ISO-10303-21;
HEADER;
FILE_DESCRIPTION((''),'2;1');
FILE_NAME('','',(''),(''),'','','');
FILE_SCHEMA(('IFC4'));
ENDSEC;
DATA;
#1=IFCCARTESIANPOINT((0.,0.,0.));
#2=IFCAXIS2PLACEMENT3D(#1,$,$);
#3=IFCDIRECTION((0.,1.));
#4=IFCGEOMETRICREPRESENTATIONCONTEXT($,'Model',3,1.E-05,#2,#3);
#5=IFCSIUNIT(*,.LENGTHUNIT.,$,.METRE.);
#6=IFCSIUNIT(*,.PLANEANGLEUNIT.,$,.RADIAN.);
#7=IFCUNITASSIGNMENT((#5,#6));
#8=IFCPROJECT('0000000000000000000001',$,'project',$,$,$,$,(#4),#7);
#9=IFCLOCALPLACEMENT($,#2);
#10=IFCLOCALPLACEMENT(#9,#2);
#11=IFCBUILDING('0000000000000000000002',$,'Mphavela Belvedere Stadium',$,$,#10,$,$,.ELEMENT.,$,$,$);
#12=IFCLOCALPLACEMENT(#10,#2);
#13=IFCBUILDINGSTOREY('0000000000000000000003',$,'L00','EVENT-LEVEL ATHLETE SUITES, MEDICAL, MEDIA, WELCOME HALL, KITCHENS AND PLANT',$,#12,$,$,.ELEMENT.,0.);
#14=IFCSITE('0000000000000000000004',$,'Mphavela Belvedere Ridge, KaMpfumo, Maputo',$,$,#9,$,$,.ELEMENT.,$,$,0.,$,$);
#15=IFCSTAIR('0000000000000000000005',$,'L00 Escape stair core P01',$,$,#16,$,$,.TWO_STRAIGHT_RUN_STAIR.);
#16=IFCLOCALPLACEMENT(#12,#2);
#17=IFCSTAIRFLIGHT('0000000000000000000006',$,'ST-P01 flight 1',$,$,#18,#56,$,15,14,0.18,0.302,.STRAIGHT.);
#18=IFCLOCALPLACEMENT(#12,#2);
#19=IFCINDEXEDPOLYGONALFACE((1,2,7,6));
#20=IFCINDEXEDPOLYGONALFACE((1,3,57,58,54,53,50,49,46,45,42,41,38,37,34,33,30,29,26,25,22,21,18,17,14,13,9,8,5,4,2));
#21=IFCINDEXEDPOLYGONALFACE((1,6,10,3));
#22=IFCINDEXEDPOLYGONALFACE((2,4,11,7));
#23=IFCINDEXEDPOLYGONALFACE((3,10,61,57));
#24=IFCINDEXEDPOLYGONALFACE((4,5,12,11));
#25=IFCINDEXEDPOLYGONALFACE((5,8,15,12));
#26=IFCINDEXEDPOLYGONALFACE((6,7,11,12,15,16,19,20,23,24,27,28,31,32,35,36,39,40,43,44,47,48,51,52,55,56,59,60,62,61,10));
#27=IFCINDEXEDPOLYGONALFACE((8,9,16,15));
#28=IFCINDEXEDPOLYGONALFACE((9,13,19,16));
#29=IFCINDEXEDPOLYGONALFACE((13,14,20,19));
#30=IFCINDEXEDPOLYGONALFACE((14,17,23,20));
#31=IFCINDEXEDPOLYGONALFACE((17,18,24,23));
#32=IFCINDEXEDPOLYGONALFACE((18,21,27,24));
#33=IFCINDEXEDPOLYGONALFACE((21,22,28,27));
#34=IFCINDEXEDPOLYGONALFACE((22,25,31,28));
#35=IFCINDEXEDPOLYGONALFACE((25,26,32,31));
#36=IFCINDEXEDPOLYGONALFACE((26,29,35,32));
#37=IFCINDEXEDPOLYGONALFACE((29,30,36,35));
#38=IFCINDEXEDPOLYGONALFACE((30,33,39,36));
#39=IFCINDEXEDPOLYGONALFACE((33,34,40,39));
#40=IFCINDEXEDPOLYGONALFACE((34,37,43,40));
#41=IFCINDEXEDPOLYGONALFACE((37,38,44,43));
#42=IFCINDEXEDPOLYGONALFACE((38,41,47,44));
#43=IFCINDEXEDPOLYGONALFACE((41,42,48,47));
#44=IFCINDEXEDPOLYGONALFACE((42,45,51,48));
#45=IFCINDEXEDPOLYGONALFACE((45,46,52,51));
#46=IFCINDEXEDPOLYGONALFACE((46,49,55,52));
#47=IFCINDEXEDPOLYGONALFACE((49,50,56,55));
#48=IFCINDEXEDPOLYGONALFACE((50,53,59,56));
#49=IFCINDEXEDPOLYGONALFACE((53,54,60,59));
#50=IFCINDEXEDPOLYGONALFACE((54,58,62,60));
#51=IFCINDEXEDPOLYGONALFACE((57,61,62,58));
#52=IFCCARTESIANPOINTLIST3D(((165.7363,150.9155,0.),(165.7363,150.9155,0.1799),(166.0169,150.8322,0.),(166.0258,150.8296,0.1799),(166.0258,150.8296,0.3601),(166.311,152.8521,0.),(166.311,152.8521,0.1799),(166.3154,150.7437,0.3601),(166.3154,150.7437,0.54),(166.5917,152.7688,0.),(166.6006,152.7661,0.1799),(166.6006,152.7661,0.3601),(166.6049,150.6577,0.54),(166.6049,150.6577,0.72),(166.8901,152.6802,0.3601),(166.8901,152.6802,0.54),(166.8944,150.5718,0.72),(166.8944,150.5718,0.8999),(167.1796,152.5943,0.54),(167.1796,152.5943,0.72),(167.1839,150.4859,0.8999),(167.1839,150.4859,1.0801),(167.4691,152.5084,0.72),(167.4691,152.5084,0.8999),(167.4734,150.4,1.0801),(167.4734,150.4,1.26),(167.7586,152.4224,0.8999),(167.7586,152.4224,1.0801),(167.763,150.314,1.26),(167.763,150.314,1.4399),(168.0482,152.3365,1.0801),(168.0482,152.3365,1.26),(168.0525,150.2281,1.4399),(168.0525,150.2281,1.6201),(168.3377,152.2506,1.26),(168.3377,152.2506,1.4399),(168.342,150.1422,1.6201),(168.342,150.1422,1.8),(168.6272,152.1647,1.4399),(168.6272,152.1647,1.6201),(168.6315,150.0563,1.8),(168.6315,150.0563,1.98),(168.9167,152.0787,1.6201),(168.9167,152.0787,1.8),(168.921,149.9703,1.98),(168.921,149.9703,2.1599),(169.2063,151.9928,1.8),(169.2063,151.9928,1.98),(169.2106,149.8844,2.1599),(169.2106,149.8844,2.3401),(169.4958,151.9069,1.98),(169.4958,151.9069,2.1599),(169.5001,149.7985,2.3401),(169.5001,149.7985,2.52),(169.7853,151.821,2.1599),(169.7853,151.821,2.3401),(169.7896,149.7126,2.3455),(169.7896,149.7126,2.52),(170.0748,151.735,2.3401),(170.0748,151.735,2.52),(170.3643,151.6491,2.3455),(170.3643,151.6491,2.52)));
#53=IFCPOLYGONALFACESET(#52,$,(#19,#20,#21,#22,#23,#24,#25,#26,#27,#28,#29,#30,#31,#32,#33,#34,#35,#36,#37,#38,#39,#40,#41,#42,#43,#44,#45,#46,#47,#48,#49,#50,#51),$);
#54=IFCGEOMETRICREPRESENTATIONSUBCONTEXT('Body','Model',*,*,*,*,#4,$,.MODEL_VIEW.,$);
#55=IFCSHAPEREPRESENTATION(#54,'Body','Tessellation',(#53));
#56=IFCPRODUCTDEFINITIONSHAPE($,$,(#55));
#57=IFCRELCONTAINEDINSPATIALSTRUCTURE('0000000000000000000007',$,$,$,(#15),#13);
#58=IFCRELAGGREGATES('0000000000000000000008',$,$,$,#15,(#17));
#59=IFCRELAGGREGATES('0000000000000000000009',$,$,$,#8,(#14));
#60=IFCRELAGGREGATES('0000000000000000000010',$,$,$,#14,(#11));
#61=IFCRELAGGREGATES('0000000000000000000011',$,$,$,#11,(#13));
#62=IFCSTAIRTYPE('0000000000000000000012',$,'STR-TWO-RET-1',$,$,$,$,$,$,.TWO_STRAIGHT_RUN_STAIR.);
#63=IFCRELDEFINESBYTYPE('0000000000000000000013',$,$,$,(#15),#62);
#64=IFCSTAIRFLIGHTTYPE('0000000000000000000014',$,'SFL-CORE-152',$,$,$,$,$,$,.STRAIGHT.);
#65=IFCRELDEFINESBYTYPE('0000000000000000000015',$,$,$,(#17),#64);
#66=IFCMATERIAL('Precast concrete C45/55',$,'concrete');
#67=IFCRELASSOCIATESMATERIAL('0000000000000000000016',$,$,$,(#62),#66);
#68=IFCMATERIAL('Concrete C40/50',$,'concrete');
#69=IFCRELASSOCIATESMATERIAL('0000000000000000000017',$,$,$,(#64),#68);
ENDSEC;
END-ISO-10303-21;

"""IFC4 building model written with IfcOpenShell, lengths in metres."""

from ifc_helpers import new_model, si_unit, direction, frame, origin, place, context, subcontext, project, spatial, polyline, outline, extrude, material, type_object, element, aggregate, save


model = new_model("IFC4")

# Units and contexts
model_context = context("Model", 3, precision=1e-05, world=origin(), true_north=direction((0.0, 1.0)))
body_context = subcontext(model_context, "Body", "Model", "MODEL_VIEW")
ifc_project = project(units=[si_unit("LENGTHUNIT", "METRE"), si_unit("PLANEANGLEUNIT", "RADIAN")], contexts=[model_context])

# Site, building, storey
site_placement = place(None, origin())
site = spatial("IfcSite", under=ifc_project, at=site_placement, Name="Mphavela Belvedere Ridge, KaMpfumo, Maputo", CompositionType="ELEMENT", RefElevation=0.0)
building_placement = place(site_placement, origin())
building = spatial("IfcBuilding", under=site, at=building_placement, Name="Mphavela Belvedere Stadium", CompositionType="ELEMENT")
storey_placement = place(building_placement, origin())
storey = spatial("IfcBuildingStorey", under=building, at=storey_placement, Name="L00", Description="EVENT-LEVEL ATHLETE SUITES, MEDICAL, MEDIA, WELCOME HALL, KITCHENS AND PLANT", CompositionType="ELEMENT", Elevation=0.0)

# Stair, stair flight
ifc_material_1 = material(Name="Precast concrete C45/55", Category="concrete")
stair_type = type_object("IfcStairType", Name="STR-TWO-RET-1", PredefinedType="TWO_STRAIGHT_RUN_STAIR", material=ifc_material_1)
stair_placement = place(storey_placement, origin())
stair = element("IfcStair", 1, at=stair_placement, inside=storey, type_object=stair_type, Name="L00 Escape stair core P01", PredefinedType="TWO_STRAIGHT_RUN_STAIR")
ifc_material_2 = material(Name="Concrete C40/50", Category="concrete")
stair_flight_type = type_object("IfcStairFlightType", Name="SFL-CORE-152", PredefinedType="STRAIGHT", material=ifc_material_2)
stair_flight_placement = place(storey_placement, frame((166.0237, 151.8838, 0.0), z_axis=(0.0, 0.0, 1.0), x_axis=(0.958671, -0.284517, 0.0)))
stair_flight = element("IfcStairFlight", 2, at=stair_flight_placement, type_object=stair_flight_type, Name="ST-P01 flight 1", NumberOfRisers=15, NumberOfTreads=14, PredefinedType="STRAIGHT", RiserHeight=0.18, TreadLength=0.302, context=body_context, shape_type="SweptSolid", body=[
    extrude(outline(polyline([(0.0, 0.0), (0.0, 0.1799), (0.302, 0.1799), (0.302, 0.3601), (0.604, 0.3601), (0.604, 0.54), (0.906, 0.54), (0.906, 0.72), (1.208, 0.72), (1.208, 0.8999), (1.51, 0.8999), (1.51, 1.0801), (1.812, 1.0801), (1.812, 1.26), (2.114, 1.26), (2.114, 1.4399), (2.416, 1.4399), (2.416, 1.6201), (2.718, 1.6201), (2.718, 1.8), (3.02, 1.8), (3.02, 1.98), (3.322, 1.98), (3.322, 2.1599), (3.624, 2.1599), (3.624, 2.3401), (3.926, 2.3401), (3.926, 2.52), (4.228, 2.52), (4.228, 2.7), (4.228, 2.3455), (0.2927, 0.0), (0.0, 0.0)])), frame((0.0, 1.01, 0.0), z_axis=(0.0, -1.0, 0.0), x_axis=(1.0, 0.0, 0.0)), (0.0, 0.0, 1.0), 2.02),
])
aggregate(stair, [stair_flight])

save(model, "model.ifc")
